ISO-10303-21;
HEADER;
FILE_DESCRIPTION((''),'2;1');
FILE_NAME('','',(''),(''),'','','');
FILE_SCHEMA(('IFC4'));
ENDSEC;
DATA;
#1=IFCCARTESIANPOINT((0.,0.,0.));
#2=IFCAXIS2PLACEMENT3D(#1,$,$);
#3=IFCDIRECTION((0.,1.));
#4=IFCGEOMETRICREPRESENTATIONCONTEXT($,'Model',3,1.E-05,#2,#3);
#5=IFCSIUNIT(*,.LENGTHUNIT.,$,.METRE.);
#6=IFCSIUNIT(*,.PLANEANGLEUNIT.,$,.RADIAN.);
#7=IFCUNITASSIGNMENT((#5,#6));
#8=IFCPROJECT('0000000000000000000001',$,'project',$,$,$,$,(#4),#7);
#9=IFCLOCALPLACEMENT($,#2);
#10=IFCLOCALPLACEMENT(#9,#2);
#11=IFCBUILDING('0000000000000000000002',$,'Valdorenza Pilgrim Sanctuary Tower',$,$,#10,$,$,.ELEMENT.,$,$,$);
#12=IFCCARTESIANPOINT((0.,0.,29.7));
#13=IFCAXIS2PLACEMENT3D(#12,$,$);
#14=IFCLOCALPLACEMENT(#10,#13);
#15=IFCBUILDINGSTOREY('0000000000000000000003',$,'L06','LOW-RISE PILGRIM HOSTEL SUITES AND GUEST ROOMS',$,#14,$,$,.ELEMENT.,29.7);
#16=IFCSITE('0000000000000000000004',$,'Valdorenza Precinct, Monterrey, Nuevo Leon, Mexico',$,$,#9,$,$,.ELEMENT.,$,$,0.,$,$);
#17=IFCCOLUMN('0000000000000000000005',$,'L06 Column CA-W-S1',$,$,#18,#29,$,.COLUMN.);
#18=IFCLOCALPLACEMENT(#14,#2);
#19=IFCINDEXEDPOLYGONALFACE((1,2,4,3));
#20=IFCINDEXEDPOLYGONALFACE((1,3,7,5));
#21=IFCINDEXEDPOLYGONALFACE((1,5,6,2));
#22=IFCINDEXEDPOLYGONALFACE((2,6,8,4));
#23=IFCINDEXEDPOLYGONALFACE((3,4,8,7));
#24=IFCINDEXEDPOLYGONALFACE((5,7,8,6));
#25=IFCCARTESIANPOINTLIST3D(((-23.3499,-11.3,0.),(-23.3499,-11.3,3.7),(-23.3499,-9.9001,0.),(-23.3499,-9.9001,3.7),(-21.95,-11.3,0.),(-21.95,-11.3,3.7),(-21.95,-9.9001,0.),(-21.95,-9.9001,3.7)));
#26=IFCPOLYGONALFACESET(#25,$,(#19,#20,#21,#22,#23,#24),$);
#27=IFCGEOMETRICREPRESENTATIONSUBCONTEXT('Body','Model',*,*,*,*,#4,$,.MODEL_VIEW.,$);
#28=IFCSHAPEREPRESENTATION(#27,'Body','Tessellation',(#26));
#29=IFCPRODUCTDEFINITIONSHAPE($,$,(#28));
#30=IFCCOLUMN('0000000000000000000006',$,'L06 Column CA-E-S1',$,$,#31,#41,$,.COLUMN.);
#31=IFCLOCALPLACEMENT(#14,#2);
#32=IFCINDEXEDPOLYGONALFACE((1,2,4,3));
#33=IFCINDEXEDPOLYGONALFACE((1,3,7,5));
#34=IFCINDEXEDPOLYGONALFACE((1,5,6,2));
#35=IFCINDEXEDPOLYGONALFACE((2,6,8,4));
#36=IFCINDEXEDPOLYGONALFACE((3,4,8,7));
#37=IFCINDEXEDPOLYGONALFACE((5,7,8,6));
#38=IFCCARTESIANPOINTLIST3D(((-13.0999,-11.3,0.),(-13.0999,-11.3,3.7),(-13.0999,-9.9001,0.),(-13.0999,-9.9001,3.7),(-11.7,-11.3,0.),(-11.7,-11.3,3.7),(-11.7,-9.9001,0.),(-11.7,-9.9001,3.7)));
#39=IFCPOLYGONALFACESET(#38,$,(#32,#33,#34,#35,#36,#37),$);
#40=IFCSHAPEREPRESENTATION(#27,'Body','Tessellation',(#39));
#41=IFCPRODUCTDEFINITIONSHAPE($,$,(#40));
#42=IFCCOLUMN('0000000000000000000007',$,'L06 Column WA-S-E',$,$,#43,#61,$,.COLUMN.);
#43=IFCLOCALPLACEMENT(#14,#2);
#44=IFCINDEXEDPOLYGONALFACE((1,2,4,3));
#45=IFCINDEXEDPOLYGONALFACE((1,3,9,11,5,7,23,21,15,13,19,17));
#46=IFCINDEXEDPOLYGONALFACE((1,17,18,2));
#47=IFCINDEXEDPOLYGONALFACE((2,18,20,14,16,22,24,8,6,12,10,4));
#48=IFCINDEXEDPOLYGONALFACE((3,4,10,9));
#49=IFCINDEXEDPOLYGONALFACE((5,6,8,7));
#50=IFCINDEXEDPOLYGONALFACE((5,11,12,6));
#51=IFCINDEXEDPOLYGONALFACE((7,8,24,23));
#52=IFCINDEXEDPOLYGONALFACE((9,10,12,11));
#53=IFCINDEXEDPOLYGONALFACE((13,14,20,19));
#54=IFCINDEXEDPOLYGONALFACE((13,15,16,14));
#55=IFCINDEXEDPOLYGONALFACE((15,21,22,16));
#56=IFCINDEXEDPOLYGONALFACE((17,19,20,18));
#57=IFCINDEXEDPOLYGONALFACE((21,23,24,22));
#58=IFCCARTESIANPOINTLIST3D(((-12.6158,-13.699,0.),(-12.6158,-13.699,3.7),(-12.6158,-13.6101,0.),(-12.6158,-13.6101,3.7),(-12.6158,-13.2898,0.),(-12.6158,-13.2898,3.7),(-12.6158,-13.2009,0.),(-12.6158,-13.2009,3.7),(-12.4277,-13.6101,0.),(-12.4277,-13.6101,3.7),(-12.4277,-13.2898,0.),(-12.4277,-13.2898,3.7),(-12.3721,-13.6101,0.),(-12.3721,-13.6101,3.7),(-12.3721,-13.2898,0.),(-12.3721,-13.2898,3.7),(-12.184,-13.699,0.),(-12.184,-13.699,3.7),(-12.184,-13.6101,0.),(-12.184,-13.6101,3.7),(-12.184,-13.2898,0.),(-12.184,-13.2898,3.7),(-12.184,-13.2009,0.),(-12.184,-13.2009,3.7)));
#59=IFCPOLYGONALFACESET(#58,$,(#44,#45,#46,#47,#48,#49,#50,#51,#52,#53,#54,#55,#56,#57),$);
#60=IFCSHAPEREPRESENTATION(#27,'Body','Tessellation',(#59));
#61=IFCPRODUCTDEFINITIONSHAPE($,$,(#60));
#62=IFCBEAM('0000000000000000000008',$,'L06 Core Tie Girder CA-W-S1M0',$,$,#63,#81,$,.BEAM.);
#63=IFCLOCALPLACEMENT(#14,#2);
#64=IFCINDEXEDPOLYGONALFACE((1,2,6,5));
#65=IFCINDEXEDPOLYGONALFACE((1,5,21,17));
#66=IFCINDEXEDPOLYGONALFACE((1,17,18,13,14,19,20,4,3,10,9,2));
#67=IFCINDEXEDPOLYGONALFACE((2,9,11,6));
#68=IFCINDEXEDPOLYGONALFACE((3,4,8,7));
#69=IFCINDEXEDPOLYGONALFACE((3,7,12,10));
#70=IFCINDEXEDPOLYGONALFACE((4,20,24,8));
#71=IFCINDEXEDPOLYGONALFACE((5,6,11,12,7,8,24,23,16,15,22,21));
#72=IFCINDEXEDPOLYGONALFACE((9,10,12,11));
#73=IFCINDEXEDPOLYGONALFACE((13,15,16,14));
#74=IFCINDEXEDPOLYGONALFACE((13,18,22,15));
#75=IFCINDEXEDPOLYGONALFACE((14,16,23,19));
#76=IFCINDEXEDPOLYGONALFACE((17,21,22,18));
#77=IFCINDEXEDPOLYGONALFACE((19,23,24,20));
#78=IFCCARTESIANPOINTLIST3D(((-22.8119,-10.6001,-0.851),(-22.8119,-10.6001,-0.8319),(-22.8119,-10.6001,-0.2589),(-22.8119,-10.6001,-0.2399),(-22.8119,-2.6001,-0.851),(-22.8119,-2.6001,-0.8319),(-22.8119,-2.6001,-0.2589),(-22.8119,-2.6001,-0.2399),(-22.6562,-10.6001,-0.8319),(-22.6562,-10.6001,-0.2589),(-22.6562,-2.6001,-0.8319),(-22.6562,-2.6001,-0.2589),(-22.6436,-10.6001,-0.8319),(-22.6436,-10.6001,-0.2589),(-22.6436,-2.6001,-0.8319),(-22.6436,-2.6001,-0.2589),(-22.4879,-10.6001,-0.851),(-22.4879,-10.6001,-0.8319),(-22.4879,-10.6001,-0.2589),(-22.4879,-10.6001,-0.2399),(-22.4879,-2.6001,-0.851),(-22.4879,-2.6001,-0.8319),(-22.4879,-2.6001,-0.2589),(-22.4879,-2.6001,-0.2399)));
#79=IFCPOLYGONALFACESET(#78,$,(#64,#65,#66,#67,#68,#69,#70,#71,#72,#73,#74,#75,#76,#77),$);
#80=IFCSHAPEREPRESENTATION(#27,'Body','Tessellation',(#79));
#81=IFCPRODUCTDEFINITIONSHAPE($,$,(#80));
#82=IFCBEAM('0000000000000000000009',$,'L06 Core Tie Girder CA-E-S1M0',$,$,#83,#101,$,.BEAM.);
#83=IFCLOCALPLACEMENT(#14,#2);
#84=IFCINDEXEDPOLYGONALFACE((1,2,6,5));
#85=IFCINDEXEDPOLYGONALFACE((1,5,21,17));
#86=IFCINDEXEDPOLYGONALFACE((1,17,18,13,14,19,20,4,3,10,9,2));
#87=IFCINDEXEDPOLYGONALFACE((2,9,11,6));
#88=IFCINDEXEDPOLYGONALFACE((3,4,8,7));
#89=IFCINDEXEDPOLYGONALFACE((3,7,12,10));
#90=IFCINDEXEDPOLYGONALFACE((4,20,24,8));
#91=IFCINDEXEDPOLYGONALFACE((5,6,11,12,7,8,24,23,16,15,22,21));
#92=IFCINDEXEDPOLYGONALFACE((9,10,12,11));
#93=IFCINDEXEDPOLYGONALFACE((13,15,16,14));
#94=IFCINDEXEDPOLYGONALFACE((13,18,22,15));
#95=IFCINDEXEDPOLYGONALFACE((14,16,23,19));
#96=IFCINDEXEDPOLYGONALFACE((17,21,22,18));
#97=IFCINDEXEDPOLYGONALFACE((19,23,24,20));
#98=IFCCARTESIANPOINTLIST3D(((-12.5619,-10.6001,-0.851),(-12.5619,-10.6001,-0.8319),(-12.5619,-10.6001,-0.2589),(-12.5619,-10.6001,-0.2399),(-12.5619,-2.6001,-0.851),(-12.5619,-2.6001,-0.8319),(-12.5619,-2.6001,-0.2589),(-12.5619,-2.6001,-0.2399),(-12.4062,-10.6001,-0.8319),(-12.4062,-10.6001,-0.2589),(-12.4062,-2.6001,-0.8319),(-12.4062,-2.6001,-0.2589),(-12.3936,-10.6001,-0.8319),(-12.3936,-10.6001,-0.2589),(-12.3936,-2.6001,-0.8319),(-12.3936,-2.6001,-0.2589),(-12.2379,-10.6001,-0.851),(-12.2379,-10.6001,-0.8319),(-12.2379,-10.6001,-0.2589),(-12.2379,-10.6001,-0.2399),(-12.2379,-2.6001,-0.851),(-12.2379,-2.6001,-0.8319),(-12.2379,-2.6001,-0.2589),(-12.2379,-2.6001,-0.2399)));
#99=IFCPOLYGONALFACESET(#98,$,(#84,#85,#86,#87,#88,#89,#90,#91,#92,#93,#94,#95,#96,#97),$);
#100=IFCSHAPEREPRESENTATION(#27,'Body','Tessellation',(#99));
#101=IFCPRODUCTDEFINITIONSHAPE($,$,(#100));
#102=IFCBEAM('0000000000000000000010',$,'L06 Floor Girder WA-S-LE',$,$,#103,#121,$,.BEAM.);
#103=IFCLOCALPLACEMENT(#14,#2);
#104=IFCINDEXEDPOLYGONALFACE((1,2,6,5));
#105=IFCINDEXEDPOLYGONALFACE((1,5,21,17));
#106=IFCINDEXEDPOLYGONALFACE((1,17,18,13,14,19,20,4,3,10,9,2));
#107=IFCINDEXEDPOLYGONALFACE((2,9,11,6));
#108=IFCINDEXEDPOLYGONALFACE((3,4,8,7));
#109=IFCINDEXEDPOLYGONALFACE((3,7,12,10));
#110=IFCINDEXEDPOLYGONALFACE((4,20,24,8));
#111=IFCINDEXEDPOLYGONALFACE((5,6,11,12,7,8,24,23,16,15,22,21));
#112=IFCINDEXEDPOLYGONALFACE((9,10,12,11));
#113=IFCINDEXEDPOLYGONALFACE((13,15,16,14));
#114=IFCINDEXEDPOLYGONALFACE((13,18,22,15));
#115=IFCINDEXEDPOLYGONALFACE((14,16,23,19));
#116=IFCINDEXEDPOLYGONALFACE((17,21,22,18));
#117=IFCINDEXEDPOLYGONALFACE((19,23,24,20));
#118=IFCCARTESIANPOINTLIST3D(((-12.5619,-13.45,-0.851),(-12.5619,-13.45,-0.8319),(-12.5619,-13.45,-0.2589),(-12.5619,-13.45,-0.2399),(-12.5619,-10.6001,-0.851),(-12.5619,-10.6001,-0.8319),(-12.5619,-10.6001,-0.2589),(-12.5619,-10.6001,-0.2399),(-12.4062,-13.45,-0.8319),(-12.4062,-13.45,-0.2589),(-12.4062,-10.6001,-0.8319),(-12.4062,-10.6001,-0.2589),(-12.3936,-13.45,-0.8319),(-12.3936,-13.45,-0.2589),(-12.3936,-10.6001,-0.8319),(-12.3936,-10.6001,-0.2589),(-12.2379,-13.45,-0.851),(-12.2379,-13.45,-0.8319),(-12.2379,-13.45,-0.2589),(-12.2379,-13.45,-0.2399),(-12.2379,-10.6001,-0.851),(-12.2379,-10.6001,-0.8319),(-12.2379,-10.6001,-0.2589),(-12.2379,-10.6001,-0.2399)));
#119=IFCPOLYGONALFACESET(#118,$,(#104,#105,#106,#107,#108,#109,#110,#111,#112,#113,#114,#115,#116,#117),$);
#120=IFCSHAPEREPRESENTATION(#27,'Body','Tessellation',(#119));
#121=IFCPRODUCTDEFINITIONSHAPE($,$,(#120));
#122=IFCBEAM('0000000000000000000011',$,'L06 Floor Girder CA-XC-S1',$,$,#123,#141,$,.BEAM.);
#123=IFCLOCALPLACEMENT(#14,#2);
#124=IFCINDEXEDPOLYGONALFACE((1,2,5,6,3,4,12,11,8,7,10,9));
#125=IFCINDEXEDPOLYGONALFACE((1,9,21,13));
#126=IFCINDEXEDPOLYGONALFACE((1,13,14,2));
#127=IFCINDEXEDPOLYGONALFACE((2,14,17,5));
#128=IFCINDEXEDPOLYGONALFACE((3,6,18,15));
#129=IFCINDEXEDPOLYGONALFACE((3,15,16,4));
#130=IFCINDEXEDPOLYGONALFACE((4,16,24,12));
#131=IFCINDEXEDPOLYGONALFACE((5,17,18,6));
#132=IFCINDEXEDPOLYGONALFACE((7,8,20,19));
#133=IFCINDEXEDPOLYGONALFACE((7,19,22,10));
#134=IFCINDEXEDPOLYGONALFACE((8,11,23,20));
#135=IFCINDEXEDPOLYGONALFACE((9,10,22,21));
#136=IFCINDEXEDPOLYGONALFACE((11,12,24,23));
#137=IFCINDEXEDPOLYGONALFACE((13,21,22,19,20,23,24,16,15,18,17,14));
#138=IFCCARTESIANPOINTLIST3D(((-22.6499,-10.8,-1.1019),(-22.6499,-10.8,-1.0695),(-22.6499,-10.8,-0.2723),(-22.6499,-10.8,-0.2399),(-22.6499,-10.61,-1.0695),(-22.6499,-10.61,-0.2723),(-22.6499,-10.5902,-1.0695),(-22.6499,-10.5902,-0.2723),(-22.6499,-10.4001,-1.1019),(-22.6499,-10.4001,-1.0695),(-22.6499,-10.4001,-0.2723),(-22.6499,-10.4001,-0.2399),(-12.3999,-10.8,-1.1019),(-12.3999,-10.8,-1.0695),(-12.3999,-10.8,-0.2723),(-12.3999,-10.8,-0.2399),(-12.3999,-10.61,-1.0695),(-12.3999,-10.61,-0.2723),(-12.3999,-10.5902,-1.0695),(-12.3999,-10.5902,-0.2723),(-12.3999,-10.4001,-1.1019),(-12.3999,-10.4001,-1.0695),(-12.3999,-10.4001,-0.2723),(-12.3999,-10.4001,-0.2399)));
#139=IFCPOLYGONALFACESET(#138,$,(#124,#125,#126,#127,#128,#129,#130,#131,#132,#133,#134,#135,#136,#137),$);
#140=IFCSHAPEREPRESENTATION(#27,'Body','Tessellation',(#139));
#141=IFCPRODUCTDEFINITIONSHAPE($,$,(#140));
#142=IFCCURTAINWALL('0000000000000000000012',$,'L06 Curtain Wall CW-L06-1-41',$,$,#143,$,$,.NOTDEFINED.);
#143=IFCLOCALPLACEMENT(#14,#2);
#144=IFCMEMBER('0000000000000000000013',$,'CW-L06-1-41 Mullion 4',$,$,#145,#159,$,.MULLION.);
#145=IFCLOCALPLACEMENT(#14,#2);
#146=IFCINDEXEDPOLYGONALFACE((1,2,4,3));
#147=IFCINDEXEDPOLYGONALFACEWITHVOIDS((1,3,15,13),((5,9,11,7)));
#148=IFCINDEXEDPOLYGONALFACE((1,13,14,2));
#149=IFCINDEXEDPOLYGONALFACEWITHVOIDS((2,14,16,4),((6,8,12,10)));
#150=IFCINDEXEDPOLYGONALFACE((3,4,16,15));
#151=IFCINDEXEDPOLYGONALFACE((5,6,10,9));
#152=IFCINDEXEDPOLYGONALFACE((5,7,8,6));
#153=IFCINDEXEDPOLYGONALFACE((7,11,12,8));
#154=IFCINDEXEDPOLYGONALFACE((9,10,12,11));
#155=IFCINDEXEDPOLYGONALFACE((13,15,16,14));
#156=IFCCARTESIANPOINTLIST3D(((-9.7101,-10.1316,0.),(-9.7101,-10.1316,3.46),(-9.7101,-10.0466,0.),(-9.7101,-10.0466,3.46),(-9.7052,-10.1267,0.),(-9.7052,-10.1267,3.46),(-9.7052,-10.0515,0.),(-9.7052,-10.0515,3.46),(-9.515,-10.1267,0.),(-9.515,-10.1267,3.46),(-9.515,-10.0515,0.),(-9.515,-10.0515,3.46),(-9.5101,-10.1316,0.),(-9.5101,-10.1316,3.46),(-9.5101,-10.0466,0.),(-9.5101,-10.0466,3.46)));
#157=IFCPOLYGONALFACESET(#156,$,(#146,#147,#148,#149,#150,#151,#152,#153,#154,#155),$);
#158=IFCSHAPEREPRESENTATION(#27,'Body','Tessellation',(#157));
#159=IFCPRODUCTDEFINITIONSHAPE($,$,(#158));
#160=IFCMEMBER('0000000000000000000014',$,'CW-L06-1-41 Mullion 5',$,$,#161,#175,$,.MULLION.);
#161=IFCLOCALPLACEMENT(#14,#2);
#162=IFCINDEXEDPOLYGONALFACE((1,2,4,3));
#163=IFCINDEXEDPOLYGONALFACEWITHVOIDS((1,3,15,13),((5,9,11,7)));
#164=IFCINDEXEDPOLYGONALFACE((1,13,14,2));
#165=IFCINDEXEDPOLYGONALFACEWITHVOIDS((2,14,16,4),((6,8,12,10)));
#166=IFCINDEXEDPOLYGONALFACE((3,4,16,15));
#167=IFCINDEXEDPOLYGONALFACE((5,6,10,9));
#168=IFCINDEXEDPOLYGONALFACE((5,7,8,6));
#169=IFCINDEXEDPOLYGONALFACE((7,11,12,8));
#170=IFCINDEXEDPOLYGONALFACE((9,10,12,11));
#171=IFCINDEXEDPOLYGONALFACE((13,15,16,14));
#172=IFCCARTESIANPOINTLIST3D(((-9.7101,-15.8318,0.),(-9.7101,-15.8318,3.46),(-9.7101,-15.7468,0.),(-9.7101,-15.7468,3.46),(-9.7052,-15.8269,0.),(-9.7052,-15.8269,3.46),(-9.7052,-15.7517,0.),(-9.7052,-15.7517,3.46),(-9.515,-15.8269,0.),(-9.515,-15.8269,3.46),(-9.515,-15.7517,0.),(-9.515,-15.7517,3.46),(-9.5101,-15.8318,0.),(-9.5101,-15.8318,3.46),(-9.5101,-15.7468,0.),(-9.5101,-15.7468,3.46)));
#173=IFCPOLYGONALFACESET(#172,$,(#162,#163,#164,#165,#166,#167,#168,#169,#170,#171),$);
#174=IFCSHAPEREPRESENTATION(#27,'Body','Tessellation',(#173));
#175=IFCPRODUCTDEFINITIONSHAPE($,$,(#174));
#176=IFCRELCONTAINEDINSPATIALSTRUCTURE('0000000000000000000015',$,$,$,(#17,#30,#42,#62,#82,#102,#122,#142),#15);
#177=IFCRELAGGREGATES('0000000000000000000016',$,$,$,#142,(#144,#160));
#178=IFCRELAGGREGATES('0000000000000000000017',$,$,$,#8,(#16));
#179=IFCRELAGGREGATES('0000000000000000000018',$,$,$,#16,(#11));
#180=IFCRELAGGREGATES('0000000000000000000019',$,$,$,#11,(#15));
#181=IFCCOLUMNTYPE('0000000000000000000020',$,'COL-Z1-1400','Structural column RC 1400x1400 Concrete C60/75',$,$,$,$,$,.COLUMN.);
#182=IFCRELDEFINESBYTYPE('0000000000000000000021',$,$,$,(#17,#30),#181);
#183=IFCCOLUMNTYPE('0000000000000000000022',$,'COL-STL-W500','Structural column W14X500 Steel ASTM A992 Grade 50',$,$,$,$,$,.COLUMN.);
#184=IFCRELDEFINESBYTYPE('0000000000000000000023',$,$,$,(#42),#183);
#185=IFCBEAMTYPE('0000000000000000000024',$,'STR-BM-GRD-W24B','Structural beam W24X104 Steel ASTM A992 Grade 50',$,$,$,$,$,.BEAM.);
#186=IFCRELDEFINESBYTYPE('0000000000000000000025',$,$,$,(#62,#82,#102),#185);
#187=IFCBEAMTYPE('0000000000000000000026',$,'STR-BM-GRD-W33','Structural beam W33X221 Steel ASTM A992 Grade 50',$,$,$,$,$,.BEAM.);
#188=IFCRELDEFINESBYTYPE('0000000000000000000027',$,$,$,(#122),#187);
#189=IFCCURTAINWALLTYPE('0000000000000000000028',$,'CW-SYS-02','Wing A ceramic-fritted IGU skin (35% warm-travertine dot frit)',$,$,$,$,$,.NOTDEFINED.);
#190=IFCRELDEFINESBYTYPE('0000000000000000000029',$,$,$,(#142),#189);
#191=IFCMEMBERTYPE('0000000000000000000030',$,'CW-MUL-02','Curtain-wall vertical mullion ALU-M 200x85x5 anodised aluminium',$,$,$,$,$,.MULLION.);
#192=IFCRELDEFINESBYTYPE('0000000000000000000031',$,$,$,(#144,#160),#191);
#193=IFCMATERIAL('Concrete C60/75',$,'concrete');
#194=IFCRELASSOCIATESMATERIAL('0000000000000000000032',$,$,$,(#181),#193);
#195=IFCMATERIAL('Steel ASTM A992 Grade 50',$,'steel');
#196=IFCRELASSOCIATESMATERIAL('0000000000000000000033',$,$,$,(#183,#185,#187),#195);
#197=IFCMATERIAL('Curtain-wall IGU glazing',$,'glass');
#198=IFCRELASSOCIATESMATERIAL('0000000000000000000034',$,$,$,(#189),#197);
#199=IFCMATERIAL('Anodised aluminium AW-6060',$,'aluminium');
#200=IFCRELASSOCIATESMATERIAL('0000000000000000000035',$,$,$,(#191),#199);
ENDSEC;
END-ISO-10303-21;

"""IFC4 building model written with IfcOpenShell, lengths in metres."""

from ifc_helpers import new_model, si_unit, direction, frame, origin, origin_2d, place, context, subcontext, project, spatial, rectangle, hollow_rectangle, i_section, extrude, source, transform, mapped, material, material_profile, profile_set, type_object, element, aggregate, save


model = new_model("IFC4")

# Units and contexts
model_context = context("Model", 3, precision=1e-05, world=origin(), true_north=direction((0.0, 1.0)))
body_context = subcontext(model_context, "Body", "Model", "MODEL_VIEW")
ifc_project = project(units=[si_unit("LENGTHUNIT", "METRE"), si_unit("PLANEANGLEUNIT", "RADIAN")], contexts=[model_context])

# Site, building, storey
site_placement = place(None, origin())
site = spatial("IfcSite", under=ifc_project, at=site_placement, Name="Valdorenza Precinct, Monterrey, Nuevo Leon, Mexico", CompositionType="ELEMENT", RefElevation=0.0)
building_placement = place(site_placement, origin())
building = spatial("IfcBuilding", under=site, at=building_placement, Name="Valdorenza Pilgrim Sanctuary Tower", CompositionType="ELEMENT")
storey_placement = place(building_placement, frame((0.0, 0.0, 29.7)))
storey = spatial("IfcBuildingStorey", under=building, at=storey_placement, Name="L06", Description="LOW-RISE PILGRIM HOSTEL SUITES AND GUEST ROOMS", CompositionType="ELEMENT", Elevation=29.7)

# Columns
ifc_material_1 = material(Name="Concrete C60/75", Category="concrete")
ifc_material_profile_1 = material_profile(ifc_material_1, rectangle(XDim=1.3999, YDim=1.3999, at=origin_2d()), Name="RC 1400x1400")
ifc_profile_set_1 = profile_set([ifc_material_profile_1], Name="Concrete C60/75")
column_type_1 = type_object("IfcColumnType", Name="COL-Z1-1400", Description="Structural column RC 1400x1400 Concrete C60/75", PredefinedType="COLUMN", material=ifc_profile_set_1)
shared_shape_1 = source(origin(), body_context, "Body", "SweptSolid", [
    extrude(rectangle(XDim=1.3999, YDim=1.3999, at=origin_2d()), origin(), (0.0, 0.0, 1.0), 3.7),
])
for number, where, z_axis, x_axis, name in (
    (1, (-22.6499, -10.6001, 0.0), (0.0, 0.0, 1.0), (1.0, 0.0, 0.0), "L06 Column CA-W-S1"),
    (2, (-12.3999, -10.6001, 0.0), (0.0, 0.0, 1.0), (1.0, 0.0, 0.0), "L06 Column CA-E-S1"),
):
    element("IfcColumn", number, at=place(storey_placement, frame(where, z_axis=z_axis, x_axis=x_axis)), inside=storey, type_object=column_type_1, Name=name, PredefinedType="COLUMN", context=body_context, shape_type="MappedRepresentation", body=[
        mapped(shared_shape_1, transform((0.0, 0.0, 0.0), x_axis=(1.0, 0.0, 0.0), y_axis=(0.0, 1.0, 0.0), z_axis=(0.0, 0.0, 1.0), scale=1.0)),
    ])
ifc_material_2 = material(Name="Steel ASTM A992 Grade 50", Category="steel")
ifc_material_profile_2 = material_profile(ifc_material_2, i_section(OverallWidth=0.4319, OverallDepth=0.498, WebThickness=0.0557, FlangeThickness=0.0889, at=origin_2d()), Name="W14X500")
ifc_profile_set_2 = profile_set([ifc_material_profile_2], Name="Steel ASTM A992 Grade 50")
column_type_2 = type_object("IfcColumnType", Name="COL-STL-W500", Description="Structural column W14X500 Steel ASTM A992 Grade 50", PredefinedType="COLUMN", material=ifc_profile_set_2)
shared_shape_2 = source(origin(), body_context, "Body", "SweptSolid", [
    extrude(i_section(OverallWidth=0.4319, OverallDepth=0.498, WebThickness=0.0557, FlangeThickness=0.0889, at=origin_2d()), origin(), (0.0, 0.0, 1.0), 3.7),
])
column_placement = place(storey_placement, frame((-12.3999, -13.45, 0.0), z_axis=(0.0, 0.0, 1.0), x_axis=(1.0, 0.0, 0.0)))
element("IfcColumn", 3, at=column_placement, inside=storey, type_object=column_type_2, Name="L06 Column WA-S-E", PredefinedType="COLUMN", context=body_context, shape_type="MappedRepresentation", body=[
    mapped(shared_shape_2, transform((0.0, 0.0, 0.0), x_axis=(1.0, 0.0, 0.0), y_axis=(0.0, 1.0, 0.0), z_axis=(0.0, 0.0, 1.0), scale=1.0)),
])

# Beams
ifc_material_profile_3 = material_profile(ifc_material_2, i_section(OverallWidth=0.324, OverallDepth=0.6111, WebThickness=0.0127, FlangeThickness=0.019, at=origin_2d()), Name="W24X104")
ifc_profile_set_3 = profile_set([ifc_material_profile_3], Name="Steel ASTM A992 Grade 50")
beam_type_1 = type_object("IfcBeamType", Name="STR-BM-GRD-W24B", Description="Structural beam W24X104 Steel ASTM A992 Grade 50", PredefinedType="BEAM", material=ifc_profile_set_3)
shared_shape_3 = source(origin(), body_context, "Body", "SweptSolid", [
    extrude(i_section(OverallWidth=0.324, OverallDepth=0.6111, WebThickness=0.0127, FlangeThickness=0.019, at=origin_2d()), origin(), (0.0, 0.0, 1.0), 8.0),
])
for number, where, z_axis, x_axis, name in (
    (4, (-22.6499, -10.6001, -0.5454), (0.0, 1.0, 0.0), (-1.0, 0.0, 0.0), "L06 Core Tie Girder CA-W-S1M0"),
    (5, (-12.3999, -10.6001, -0.5454), (0.0, 1.0, 0.0), (-1.0, 0.0, 0.0), "L06 Core Tie Girder CA-E-S1M0"),
):
    element("IfcBeam", number, at=place(storey_placement, frame(where, z_axis=z_axis, x_axis=x_axis)), inside=storey, type_object=beam_type_1, Name=name, PredefinedType="BEAM", context=body_context, shape_type="MappedRepresentation", body=[
        mapped(shared_shape_3, transform((0.0, 0.0, 0.0), x_axis=(1.0, 0.0, 0.0), y_axis=(0.0, 1.0, 0.0), z_axis=(0.0, 0.0, 1.0), scale=1.0)),
    ])
shared_shape_4 = source(origin(), body_context, "Body", "SweptSolid", [
    extrude(i_section(OverallWidth=0.324, OverallDepth=0.6111, WebThickness=0.0127, FlangeThickness=0.019, at=origin_2d()), origin(), (0.0, 0.0, 1.0), 2.8499),
])
beam_1_placement = place(storey_placement, frame((-12.3999, -13.45, -0.5454), z_axis=(0.0, 1.0, 0.0), x_axis=(-1.0, 0.0, 0.0)))
element("IfcBeam", 6, at=beam_1_placement, inside=storey, type_object=beam_type_1, Name="L06 Floor Girder WA-S-LE", PredefinedType="BEAM", context=body_context, shape_type="MappedRepresentation", body=[
    mapped(shared_shape_4, transform((0.0, 0.0, 0.0), x_axis=(1.0, 0.0, 0.0), y_axis=(0.0, 1.0, 0.0), z_axis=(0.0, 0.0, 1.0), scale=1.0)),
])
ifc_material_profile_4 = material_profile(ifc_material_2, i_section(OverallWidth=0.3999, OverallDepth=0.8621, WebThickness=0.0198, FlangeThickness=0.0325, at=origin_2d()), Name="W33X221")
ifc_profile_set_4 = profile_set([ifc_material_profile_4], Name="Steel ASTM A992 Grade 50")
beam_type_2 = type_object("IfcBeamType", Name="STR-BM-GRD-W33", Description="Structural beam W33X221 Steel ASTM A992 Grade 50", PredefinedType="BEAM", material=ifc_profile_set_4)
shared_shape_5 = source(origin(), body_context, "Body", "SweptSolid", [
    extrude(i_section(OverallWidth=0.3999, OverallDepth=0.8621, WebThickness=0.0198, FlangeThickness=0.0325, at=origin_2d()), origin(), (0.0, 0.0, 1.0), 10.25),
])
beam_2_placement = place(storey_placement, frame((-22.6499, -10.6001, -0.6709), z_axis=(1.0, 0.0, 0.0), x_axis=(0.0, 1.0, 0.0)))
element("IfcBeam", 7, at=beam_2_placement, inside=storey, type_object=beam_type_2, Name="L06 Floor Girder CA-XC-S1", PredefinedType="BEAM", context=body_context, shape_type="MappedRepresentation", body=[
    mapped(shared_shape_5, transform((0.0, 0.0, 0.0), x_axis=(1.0, 0.0, 0.0), y_axis=(0.0, 1.0, 0.0), z_axis=(0.0, 0.0, 1.0), scale=1.0)),
])

# Curtain wall, members
ifc_material_3 = material(Name="Curtain-wall IGU glazing", Category="glass")
curtain_wall_type = type_object("IfcCurtainWallType", Name="CW-SYS-02", Description="Wing A ceramic-fritted IGU skin (35% warm-travertine dot frit)", PredefinedType="NOTDEFINED", material=ifc_material_3)
curtain_wall_1_placement = place(storey_placement, origin())
curtain_wall_1 = element("IfcCurtainWall", 8, at=curtain_wall_1_placement, inside=storey, type_object=curtain_wall_type, Name="L06 Curtain Wall CW-L06-1-41", PredefinedType="NOTDEFINED")
ifc_material_4 = material(Name="Anodised aluminium AW-6060", Category="aluminium")
ifc_material_profile_5 = material_profile(ifc_material_4, hollow_rectangle(XDim=0.085, YDim=0.2, WallThickness=0.0049, at=origin_2d()), Name="ALU-M 200x85x5")
ifc_profile_set_5 = profile_set([ifc_material_profile_5], Name="Anodised aluminium AW-6060")
member_type_1 = type_object("IfcMemberType", Name="CW-MUL-02", Description="Curtain-wall vertical mullion ALU-M 200x85x5 anodised aluminium", PredefinedType="MULLION", material=ifc_profile_set_5)
shared_shape_6 = source(origin(), body_context, "Body", "SweptSolid", [
    extrude(hollow_rectangle(XDim=0.085, YDim=0.2, WallThickness=0.0049, at=origin_2d()), origin(), (0.0, 0.0, 1.0), 3.46),
])
member_1_placement = place(storey_placement, frame((-9.6101, -10.0891, 0.0), z_axis=(0.0, 0.0, 1.0), x_axis=(0.0, -1.0, 0.0)))
member_1 = element("IfcMember", 9, at=member_1_placement, type_object=member_type_1, Name="CW-L06-1-41 Mullion 4", PredefinedType="MULLION", context=body_context, shape_type="MappedRepresentation", body=[
    mapped(shared_shape_6, transform((0.0, 0.0, 0.0), x_axis=(1.0, 0.0, 0.0), y_axis=(0.0, 1.0, 0.0), z_axis=(0.0, 0.0, 1.0), scale=1.0)),
])
member_2_placement = place(storey_placement, frame((-9.6101, -15.7893, 0.0), z_axis=(0.0, 0.0, 1.0), x_axis=(0.0, -1.0, 0.0)))
member_2 = element("IfcMember", 10, at=member_2_placement, type_object=member_type_1, Name="CW-L06-1-41 Mullion 5", PredefinedType="MULLION", context=body_context, shape_type="MappedRepresentation", body=[
    mapped(shared_shape_6, transform((0.0, 0.0, 0.0), x_axis=(1.0, 0.0, 0.0), y_axis=(0.0, 1.0, 0.0), z_axis=(0.0, 0.0, 1.0), scale=1.0)),
])

aggregate(curtain_wall_1, [member_1, member_2])

save(model, "model.ifc")
